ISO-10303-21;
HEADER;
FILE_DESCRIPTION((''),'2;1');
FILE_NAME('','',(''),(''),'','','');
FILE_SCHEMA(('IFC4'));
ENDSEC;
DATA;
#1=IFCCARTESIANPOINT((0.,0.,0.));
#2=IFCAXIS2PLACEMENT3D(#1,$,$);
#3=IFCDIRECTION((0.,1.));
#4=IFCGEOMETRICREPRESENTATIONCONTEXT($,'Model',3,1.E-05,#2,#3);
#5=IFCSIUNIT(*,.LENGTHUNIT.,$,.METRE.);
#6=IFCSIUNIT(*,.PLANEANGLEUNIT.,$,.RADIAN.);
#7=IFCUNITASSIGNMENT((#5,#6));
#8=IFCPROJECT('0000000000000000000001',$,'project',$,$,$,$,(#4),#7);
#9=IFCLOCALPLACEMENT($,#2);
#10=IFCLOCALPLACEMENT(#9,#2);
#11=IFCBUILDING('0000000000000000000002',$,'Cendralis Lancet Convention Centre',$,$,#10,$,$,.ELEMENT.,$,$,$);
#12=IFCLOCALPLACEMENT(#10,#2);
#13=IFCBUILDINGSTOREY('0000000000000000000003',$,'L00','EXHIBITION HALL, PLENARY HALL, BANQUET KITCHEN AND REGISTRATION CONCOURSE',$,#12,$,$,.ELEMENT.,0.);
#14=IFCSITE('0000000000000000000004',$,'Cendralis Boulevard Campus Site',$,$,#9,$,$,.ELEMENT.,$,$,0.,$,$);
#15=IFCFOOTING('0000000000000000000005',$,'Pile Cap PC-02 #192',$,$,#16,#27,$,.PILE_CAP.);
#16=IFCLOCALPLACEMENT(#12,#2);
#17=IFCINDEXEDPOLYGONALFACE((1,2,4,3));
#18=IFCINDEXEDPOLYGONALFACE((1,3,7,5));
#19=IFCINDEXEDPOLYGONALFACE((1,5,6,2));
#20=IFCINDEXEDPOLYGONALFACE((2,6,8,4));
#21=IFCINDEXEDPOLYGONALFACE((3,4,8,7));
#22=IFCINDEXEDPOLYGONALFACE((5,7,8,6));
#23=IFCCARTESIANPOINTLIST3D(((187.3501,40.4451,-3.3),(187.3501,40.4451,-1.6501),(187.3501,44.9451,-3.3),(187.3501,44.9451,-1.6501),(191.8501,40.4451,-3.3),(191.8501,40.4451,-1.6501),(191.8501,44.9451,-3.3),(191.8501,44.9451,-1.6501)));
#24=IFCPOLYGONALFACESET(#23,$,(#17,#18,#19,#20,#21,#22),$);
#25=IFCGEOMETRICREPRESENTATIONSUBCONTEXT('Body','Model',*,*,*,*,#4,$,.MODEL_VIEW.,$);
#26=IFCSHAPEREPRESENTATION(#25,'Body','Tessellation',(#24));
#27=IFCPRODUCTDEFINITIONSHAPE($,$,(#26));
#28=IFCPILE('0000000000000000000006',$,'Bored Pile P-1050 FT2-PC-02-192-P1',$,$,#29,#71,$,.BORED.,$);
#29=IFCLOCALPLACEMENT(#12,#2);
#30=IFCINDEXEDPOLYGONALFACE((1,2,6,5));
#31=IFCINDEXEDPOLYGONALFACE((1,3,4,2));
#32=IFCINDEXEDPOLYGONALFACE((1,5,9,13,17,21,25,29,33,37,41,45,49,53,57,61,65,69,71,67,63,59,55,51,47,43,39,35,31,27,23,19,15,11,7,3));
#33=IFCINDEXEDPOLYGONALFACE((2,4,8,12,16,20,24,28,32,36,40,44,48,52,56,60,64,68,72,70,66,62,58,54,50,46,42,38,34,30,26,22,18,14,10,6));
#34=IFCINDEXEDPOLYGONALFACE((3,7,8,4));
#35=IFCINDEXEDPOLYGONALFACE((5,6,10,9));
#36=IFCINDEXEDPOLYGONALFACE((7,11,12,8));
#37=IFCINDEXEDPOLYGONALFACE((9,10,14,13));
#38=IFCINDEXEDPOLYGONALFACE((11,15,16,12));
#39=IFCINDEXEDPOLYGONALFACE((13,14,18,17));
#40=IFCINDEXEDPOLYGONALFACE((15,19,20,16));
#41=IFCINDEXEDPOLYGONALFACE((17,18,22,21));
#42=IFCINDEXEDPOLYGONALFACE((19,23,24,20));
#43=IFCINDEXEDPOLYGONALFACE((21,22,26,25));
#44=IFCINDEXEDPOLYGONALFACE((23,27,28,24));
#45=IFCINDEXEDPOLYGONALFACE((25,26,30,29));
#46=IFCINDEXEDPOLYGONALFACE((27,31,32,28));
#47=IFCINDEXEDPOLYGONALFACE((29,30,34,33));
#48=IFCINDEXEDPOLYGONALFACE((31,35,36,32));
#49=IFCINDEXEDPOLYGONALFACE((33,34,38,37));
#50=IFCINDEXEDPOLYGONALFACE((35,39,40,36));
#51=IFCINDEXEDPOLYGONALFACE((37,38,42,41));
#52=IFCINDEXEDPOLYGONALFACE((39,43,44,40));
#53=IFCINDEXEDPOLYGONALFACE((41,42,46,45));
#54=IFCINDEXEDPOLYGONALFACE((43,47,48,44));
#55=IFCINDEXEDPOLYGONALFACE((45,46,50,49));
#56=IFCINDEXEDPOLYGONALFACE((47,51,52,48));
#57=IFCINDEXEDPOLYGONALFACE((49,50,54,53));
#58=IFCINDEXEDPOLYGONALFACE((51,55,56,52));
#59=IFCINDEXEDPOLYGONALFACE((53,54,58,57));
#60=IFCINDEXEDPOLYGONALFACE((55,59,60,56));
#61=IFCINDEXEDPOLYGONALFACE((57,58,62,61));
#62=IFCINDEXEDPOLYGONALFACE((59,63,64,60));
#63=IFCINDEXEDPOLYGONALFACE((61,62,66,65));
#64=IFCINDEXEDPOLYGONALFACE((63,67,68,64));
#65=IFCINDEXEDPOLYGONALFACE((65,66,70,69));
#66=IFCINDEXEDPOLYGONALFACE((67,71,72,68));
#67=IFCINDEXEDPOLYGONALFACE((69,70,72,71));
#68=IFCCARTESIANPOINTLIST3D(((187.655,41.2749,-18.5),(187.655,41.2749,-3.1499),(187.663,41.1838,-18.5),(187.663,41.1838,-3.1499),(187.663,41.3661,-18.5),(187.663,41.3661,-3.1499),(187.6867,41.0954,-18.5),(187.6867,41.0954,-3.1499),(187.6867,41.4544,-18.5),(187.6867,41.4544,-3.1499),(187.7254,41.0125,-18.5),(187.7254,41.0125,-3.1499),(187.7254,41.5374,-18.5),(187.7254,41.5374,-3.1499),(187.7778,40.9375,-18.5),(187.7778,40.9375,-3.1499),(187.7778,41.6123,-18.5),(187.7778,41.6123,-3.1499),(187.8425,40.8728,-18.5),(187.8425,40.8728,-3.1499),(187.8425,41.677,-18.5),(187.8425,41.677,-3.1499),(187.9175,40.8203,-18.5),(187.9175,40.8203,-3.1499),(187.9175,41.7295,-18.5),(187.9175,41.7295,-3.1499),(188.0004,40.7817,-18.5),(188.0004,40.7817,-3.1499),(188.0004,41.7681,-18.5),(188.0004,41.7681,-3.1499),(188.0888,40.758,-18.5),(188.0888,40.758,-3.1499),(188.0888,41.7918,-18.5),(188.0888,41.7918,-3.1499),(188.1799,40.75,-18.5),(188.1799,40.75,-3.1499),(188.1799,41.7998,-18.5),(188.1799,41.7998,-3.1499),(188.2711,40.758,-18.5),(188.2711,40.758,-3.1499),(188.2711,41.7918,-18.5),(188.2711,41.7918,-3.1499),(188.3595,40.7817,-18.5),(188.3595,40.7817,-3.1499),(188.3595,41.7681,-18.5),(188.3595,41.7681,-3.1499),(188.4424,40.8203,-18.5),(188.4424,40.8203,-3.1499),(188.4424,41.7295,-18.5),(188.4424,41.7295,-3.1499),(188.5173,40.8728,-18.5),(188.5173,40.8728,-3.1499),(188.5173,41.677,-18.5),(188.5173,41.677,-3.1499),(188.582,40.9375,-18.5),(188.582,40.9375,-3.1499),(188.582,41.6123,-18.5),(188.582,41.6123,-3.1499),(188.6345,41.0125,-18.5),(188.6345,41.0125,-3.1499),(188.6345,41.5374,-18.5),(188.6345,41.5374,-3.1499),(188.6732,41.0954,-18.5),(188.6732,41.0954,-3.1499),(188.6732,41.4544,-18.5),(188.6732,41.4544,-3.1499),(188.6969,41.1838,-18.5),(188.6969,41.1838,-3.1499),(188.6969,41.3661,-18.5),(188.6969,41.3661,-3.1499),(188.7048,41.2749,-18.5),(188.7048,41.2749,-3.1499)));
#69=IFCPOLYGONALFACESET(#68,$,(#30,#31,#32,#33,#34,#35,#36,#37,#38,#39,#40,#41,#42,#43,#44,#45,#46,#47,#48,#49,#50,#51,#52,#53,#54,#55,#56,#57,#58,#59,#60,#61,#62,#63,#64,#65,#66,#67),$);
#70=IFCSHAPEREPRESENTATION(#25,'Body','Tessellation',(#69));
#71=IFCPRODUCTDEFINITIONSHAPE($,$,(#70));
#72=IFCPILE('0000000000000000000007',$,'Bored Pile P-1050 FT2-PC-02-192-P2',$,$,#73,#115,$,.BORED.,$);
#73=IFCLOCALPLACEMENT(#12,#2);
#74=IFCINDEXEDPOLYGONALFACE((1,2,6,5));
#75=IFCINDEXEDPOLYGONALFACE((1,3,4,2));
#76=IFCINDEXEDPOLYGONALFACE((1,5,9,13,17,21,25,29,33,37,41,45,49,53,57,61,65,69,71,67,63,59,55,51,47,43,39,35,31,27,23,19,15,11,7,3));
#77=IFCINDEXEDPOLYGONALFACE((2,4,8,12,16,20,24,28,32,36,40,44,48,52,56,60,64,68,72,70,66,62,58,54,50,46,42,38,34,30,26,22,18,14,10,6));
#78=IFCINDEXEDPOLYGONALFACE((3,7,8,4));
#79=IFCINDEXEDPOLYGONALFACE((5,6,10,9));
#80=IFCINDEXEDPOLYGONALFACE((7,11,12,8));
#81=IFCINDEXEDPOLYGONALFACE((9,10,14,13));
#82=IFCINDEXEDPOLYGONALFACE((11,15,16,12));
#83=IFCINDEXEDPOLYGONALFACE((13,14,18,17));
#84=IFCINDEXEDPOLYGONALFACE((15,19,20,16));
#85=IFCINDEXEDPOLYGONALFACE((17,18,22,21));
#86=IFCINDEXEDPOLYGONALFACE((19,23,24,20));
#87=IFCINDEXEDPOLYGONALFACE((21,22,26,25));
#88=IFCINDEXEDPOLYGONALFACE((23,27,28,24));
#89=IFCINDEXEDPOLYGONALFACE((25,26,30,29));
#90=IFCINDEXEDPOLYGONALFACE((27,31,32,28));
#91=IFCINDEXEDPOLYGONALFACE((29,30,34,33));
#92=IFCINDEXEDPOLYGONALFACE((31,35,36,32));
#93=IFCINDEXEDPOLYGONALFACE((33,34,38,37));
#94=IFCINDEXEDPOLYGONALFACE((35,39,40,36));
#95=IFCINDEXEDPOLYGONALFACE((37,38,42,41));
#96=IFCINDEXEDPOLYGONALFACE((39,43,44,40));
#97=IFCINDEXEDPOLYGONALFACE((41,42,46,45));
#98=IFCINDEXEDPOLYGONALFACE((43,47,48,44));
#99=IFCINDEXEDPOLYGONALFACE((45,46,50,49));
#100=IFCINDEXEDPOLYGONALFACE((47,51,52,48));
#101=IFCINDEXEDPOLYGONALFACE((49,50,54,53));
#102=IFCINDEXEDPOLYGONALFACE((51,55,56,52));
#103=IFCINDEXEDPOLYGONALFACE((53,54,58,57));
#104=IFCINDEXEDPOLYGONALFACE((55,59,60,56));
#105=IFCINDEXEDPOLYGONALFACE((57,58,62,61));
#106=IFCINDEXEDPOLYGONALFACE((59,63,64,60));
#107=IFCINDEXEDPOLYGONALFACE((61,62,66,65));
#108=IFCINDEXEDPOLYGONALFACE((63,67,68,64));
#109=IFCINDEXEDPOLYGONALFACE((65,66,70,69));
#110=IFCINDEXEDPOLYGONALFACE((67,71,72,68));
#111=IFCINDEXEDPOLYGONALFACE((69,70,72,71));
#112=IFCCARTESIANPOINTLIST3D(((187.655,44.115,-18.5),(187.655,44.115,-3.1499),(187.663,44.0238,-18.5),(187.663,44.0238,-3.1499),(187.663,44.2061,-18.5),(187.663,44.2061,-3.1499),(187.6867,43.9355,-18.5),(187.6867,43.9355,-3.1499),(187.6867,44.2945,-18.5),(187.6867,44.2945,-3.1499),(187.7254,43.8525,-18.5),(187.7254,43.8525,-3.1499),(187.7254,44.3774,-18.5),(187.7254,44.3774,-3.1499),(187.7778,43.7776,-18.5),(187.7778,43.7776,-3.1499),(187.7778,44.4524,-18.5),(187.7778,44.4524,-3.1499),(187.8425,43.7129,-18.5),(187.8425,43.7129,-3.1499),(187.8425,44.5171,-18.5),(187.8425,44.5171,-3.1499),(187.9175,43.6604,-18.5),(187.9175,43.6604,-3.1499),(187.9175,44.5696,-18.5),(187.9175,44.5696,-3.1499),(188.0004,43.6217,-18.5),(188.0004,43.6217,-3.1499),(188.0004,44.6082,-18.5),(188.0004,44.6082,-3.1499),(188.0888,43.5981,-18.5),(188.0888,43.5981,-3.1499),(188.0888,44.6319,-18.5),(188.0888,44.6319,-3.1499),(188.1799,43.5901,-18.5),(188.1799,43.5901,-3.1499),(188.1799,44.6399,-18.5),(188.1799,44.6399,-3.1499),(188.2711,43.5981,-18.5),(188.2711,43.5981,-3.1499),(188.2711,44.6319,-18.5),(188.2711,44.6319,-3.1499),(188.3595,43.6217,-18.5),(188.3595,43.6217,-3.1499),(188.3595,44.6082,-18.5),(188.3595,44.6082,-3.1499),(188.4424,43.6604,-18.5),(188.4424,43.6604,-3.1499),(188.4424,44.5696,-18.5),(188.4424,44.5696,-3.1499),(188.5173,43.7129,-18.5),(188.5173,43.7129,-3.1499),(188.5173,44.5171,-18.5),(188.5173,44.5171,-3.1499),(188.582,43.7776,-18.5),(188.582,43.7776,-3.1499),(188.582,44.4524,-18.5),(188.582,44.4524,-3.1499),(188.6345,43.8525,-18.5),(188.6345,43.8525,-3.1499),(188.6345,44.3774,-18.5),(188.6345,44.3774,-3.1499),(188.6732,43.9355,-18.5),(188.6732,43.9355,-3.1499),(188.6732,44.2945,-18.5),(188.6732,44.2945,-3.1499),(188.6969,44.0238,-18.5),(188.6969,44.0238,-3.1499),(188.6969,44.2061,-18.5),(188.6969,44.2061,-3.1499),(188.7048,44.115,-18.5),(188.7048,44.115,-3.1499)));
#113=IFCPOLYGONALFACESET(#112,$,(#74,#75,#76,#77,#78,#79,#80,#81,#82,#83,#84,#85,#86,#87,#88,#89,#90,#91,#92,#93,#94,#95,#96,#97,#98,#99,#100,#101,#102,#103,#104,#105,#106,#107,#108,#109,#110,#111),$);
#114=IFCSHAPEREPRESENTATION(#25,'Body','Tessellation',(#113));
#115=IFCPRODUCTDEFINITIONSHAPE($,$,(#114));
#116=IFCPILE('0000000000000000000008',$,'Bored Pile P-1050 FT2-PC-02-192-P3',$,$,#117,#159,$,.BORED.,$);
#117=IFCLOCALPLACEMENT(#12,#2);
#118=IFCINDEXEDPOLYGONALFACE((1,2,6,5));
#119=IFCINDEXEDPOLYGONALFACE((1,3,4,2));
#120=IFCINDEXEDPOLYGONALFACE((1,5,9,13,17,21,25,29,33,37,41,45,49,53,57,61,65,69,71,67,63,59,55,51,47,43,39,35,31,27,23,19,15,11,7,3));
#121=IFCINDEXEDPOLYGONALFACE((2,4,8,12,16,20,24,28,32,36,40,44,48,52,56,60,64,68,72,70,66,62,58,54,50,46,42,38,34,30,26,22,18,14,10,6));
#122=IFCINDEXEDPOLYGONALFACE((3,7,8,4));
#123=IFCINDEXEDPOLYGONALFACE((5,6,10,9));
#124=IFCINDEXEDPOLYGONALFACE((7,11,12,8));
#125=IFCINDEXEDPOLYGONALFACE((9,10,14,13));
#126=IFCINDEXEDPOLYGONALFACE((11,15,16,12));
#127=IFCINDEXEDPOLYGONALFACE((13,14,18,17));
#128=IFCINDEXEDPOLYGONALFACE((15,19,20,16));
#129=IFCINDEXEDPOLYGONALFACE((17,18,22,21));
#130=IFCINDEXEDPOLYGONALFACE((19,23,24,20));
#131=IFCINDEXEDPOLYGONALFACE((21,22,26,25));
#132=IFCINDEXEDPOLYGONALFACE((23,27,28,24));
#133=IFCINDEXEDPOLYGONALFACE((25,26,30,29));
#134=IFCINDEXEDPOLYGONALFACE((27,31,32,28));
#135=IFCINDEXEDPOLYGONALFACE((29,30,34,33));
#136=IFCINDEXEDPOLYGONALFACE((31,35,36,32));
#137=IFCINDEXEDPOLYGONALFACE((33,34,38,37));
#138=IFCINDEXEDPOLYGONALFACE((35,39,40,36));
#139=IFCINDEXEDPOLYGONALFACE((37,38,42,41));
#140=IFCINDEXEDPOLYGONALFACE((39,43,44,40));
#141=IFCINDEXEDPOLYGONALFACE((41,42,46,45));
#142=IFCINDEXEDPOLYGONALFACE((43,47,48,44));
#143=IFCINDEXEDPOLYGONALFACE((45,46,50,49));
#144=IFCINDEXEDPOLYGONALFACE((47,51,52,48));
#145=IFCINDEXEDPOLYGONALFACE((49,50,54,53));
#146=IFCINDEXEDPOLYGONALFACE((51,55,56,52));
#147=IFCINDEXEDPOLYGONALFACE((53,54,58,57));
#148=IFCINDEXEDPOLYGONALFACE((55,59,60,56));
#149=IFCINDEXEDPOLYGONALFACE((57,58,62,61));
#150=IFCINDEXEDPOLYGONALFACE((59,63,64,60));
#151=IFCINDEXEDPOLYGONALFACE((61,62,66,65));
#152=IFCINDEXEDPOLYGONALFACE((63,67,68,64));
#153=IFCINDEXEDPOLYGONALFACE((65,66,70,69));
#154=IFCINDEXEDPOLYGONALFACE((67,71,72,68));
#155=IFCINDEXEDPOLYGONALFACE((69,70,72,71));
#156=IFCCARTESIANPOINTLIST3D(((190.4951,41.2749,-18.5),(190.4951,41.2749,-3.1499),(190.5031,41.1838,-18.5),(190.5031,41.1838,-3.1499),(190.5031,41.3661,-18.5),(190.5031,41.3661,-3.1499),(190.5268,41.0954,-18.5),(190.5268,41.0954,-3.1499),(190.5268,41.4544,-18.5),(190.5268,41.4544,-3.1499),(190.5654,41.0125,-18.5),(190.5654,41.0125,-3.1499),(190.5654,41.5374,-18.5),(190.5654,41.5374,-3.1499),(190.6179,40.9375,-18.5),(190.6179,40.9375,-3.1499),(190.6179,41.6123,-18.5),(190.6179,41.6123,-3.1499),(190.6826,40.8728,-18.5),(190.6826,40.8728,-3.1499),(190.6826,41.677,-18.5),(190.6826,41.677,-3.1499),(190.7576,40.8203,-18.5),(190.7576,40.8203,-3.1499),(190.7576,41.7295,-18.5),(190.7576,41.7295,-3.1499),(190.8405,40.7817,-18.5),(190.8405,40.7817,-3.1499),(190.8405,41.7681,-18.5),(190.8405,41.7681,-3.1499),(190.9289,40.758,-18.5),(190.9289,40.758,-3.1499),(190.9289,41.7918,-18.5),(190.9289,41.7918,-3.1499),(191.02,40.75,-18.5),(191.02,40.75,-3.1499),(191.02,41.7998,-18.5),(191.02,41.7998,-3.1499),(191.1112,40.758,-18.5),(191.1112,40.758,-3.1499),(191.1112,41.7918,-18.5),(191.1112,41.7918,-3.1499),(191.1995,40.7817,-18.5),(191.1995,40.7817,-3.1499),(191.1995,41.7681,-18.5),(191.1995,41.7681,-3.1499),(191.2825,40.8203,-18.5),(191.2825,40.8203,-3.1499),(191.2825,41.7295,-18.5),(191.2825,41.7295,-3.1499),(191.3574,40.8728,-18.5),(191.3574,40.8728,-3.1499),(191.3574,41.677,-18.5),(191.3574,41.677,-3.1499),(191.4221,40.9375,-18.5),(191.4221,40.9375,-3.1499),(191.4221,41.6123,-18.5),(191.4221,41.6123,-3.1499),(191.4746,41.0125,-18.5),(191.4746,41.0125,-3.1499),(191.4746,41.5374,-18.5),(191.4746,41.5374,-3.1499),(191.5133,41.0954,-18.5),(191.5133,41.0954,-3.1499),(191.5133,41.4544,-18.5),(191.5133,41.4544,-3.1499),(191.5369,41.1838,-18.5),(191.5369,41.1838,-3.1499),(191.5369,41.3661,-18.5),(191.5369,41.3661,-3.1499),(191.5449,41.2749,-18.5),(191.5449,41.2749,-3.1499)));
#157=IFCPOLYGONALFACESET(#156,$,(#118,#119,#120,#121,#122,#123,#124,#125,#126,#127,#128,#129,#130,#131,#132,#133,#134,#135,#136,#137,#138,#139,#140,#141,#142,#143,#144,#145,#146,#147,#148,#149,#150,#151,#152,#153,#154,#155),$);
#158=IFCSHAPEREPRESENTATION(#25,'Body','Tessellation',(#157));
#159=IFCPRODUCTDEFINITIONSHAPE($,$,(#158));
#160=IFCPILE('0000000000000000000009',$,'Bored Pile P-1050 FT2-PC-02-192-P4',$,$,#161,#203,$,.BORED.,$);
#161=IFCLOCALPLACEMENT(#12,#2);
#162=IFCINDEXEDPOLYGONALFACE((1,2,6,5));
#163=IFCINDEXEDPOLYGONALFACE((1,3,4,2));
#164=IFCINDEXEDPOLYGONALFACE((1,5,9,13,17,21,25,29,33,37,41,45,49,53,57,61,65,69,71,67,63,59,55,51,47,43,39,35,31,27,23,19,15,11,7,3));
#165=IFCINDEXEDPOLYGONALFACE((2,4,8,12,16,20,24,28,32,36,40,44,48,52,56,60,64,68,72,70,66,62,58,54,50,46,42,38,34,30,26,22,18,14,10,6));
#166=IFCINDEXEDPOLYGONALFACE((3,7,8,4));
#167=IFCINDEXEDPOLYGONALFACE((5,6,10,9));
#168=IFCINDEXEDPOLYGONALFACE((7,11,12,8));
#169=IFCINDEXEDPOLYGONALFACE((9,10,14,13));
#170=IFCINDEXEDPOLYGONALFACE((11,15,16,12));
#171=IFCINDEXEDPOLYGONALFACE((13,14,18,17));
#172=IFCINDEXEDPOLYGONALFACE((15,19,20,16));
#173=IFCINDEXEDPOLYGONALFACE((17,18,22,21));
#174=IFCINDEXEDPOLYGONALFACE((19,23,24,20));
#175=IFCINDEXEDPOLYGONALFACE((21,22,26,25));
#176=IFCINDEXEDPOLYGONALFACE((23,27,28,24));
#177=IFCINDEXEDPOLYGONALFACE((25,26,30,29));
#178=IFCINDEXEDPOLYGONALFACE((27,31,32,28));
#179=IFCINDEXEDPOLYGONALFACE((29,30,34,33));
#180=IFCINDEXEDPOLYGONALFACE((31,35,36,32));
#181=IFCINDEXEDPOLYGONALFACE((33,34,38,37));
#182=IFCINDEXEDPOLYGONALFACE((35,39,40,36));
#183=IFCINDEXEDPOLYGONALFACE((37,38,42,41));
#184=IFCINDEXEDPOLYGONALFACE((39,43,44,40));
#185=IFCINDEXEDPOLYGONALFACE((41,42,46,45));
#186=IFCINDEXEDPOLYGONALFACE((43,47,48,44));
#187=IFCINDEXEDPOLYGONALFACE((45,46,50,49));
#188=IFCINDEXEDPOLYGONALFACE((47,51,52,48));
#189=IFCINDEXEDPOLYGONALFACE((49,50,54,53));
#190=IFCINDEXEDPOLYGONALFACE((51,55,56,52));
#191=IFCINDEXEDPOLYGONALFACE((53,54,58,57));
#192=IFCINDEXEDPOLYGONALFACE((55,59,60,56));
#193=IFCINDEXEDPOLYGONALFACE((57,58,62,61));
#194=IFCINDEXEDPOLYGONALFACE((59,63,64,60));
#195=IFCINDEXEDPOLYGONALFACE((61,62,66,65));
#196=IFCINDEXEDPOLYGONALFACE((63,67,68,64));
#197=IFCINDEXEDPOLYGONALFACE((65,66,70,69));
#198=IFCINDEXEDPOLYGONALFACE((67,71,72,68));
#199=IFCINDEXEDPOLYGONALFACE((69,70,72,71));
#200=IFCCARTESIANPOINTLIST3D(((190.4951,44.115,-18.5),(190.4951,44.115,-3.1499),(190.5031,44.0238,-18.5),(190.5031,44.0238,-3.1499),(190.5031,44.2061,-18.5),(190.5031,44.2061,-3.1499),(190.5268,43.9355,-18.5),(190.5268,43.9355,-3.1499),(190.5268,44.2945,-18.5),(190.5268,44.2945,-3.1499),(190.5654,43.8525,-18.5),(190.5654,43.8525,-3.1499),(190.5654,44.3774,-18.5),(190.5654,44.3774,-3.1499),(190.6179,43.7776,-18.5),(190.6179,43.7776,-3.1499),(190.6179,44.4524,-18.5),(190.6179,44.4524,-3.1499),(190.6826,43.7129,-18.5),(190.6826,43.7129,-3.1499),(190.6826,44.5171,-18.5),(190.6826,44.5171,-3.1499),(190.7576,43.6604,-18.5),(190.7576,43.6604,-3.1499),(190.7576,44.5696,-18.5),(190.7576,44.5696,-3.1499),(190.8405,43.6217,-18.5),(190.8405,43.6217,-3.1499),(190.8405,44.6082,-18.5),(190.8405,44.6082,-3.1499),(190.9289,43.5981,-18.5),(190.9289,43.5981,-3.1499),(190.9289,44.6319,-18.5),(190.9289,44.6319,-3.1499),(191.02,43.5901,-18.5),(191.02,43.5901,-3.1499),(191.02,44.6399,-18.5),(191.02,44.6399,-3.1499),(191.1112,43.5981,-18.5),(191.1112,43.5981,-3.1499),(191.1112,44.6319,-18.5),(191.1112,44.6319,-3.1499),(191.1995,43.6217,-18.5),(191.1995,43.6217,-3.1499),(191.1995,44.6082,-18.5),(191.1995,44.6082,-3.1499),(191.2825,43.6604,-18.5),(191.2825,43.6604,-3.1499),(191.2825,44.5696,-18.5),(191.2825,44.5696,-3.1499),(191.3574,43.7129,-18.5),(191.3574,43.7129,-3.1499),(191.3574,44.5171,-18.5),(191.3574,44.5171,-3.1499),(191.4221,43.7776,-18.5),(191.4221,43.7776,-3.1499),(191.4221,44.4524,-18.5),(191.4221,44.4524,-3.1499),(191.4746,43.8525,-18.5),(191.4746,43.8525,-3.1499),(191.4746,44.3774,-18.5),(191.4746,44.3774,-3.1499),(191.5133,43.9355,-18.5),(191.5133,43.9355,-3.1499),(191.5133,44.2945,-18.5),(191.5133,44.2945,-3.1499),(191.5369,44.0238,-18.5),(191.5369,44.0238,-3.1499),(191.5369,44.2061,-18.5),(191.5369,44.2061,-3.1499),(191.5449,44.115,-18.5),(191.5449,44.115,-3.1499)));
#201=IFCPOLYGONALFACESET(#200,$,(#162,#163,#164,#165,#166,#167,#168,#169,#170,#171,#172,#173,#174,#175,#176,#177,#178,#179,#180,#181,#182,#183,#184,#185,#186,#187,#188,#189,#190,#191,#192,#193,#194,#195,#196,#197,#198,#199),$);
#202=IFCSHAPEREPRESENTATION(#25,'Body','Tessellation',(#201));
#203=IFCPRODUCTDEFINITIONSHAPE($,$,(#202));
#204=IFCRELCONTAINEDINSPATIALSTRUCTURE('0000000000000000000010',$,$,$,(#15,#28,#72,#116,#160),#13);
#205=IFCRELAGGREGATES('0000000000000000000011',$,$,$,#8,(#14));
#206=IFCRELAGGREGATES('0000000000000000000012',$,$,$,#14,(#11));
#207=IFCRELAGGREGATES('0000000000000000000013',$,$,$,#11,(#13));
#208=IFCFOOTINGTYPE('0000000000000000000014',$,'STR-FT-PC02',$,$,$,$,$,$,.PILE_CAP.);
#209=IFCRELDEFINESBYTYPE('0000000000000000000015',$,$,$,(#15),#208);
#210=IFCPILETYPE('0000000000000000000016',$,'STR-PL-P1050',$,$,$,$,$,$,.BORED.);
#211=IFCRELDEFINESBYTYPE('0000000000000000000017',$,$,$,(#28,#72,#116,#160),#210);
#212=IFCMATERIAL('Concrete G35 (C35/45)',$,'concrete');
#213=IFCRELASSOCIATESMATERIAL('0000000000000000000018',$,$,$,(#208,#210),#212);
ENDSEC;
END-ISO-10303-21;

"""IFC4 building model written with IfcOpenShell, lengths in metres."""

from ifc_helpers import new_model, si_unit, direction, frame, origin, origin_2d, place, context, subcontext, project, spatial, rectangle, circle, extrude, material, material_profile, profile_set, type_object, element, save


model = new_model("IFC4")

# Units and contexts
model_context = context("Model", 3, precision=1e-05, world=origin(), true_north=direction((0.0, 1.0)))
body_context = subcontext(model_context, "Body", "Model", "MODEL_VIEW")
ifc_project = project(units=[si_unit("LENGTHUNIT", "METRE"), si_unit("PLANEANGLEUNIT", "RADIAN")], contexts=[model_context])

# Site, building, storey
site_placement = place(None, origin())
site = spatial("IfcSite", under=ifc_project, at=site_placement, Name="Cendralis Boulevard Campus Site", CompositionType="ELEMENT", RefElevation=0.0)
building_placement = place(site_placement, origin())
building = spatial("IfcBuilding", under=site, at=building_placement, Name="Cendralis Lancet Convention Centre", CompositionType="ELEMENT")
storey_placement = place(building_placement, origin())
storey = spatial("IfcBuildingStorey", under=building, at=storey_placement, Name="L00", Description="EXHIBITION HALL, PLENARY HALL, BANQUET KITCHEN AND REGISTRATION CONCOURSE", CompositionType="ELEMENT", Elevation=0.0)

# Footing
ifc_material_1 = material(Name="Concrete G35 (C35/45)", Category="concrete")
footing_type = type_object("IfcFootingType", Name="STR-FT-PC02", PredefinedType="PILE_CAP", material=ifc_material_1)
footing_placement = place(storey_placement, frame((189.6001, 42.6951, -3.3), z_axis=(0.0, 0.0, 1.0), x_axis=(1.0, 0.0, 0.0)))
element("IfcFooting", 1, at=footing_placement, inside=storey, type_object=footing_type, Name="Pile Cap PC-02 #192", PredefinedType="PILE_CAP", context=body_context, shape_type="SweptSolid", body=[
    extrude(rectangle(XDim=4.5, YDim=4.5, at=origin_2d()), origin(), (0.0, 0.0, 1.0), 1.6499),
])

# Piles
ifc_material_profile_1 = material_profile(ifc_material_1, circle(Radius=0.5249, at=origin_2d()), Name="BORED PILE D1050")
ifc_profile_set_1 = profile_set([ifc_material_profile_1], Name="Concrete G35 (C35/45)")
pile_type = type_object("IfcPileType", Name="STR-PL-P1050", PredefinedType="BORED", material=ifc_profile_set_1)
for number, where, z_axis, x_axis, name in (
    (2, (188.1799, 41.2749, -3.1499), (0.0, 0.0, -1.0), (1.0, 0.0, 0.0), "Bored Pile P-1050 FT2-PC-02-192-P1"),
    (3, (188.1799, 44.115, -3.1499), (0.0, 0.0, -1.0), (1.0, 0.0, 0.0), "Bored Pile P-1050 FT2-PC-02-192-P2"),
    (4, (191.02, 41.2749, -3.1499), (0.0, 0.0, -1.0), (1.0, 0.0, 0.0), "Bored Pile P-1050 FT2-PC-02-192-P3"),
    (5, (191.02, 44.115, -3.1499), (0.0, 0.0, -1.0), (1.0, 0.0, 0.0), "Bored Pile P-1050 FT2-PC-02-192-P4"),
):
    element("IfcPile", number, at=place(storey_placement, frame(where, z_axis=z_axis, x_axis=x_axis)), inside=storey, type_object=pile_type, Name=name, PredefinedType="BORED", context=body_context, shape_type="SweptSolid", body=[
        extrude(circle(Radius=0.5249, at=origin_2d()), origin(), (0.0, 0.0, 1.0), 15.3501),
    ])

save(model, "model.ifc")
